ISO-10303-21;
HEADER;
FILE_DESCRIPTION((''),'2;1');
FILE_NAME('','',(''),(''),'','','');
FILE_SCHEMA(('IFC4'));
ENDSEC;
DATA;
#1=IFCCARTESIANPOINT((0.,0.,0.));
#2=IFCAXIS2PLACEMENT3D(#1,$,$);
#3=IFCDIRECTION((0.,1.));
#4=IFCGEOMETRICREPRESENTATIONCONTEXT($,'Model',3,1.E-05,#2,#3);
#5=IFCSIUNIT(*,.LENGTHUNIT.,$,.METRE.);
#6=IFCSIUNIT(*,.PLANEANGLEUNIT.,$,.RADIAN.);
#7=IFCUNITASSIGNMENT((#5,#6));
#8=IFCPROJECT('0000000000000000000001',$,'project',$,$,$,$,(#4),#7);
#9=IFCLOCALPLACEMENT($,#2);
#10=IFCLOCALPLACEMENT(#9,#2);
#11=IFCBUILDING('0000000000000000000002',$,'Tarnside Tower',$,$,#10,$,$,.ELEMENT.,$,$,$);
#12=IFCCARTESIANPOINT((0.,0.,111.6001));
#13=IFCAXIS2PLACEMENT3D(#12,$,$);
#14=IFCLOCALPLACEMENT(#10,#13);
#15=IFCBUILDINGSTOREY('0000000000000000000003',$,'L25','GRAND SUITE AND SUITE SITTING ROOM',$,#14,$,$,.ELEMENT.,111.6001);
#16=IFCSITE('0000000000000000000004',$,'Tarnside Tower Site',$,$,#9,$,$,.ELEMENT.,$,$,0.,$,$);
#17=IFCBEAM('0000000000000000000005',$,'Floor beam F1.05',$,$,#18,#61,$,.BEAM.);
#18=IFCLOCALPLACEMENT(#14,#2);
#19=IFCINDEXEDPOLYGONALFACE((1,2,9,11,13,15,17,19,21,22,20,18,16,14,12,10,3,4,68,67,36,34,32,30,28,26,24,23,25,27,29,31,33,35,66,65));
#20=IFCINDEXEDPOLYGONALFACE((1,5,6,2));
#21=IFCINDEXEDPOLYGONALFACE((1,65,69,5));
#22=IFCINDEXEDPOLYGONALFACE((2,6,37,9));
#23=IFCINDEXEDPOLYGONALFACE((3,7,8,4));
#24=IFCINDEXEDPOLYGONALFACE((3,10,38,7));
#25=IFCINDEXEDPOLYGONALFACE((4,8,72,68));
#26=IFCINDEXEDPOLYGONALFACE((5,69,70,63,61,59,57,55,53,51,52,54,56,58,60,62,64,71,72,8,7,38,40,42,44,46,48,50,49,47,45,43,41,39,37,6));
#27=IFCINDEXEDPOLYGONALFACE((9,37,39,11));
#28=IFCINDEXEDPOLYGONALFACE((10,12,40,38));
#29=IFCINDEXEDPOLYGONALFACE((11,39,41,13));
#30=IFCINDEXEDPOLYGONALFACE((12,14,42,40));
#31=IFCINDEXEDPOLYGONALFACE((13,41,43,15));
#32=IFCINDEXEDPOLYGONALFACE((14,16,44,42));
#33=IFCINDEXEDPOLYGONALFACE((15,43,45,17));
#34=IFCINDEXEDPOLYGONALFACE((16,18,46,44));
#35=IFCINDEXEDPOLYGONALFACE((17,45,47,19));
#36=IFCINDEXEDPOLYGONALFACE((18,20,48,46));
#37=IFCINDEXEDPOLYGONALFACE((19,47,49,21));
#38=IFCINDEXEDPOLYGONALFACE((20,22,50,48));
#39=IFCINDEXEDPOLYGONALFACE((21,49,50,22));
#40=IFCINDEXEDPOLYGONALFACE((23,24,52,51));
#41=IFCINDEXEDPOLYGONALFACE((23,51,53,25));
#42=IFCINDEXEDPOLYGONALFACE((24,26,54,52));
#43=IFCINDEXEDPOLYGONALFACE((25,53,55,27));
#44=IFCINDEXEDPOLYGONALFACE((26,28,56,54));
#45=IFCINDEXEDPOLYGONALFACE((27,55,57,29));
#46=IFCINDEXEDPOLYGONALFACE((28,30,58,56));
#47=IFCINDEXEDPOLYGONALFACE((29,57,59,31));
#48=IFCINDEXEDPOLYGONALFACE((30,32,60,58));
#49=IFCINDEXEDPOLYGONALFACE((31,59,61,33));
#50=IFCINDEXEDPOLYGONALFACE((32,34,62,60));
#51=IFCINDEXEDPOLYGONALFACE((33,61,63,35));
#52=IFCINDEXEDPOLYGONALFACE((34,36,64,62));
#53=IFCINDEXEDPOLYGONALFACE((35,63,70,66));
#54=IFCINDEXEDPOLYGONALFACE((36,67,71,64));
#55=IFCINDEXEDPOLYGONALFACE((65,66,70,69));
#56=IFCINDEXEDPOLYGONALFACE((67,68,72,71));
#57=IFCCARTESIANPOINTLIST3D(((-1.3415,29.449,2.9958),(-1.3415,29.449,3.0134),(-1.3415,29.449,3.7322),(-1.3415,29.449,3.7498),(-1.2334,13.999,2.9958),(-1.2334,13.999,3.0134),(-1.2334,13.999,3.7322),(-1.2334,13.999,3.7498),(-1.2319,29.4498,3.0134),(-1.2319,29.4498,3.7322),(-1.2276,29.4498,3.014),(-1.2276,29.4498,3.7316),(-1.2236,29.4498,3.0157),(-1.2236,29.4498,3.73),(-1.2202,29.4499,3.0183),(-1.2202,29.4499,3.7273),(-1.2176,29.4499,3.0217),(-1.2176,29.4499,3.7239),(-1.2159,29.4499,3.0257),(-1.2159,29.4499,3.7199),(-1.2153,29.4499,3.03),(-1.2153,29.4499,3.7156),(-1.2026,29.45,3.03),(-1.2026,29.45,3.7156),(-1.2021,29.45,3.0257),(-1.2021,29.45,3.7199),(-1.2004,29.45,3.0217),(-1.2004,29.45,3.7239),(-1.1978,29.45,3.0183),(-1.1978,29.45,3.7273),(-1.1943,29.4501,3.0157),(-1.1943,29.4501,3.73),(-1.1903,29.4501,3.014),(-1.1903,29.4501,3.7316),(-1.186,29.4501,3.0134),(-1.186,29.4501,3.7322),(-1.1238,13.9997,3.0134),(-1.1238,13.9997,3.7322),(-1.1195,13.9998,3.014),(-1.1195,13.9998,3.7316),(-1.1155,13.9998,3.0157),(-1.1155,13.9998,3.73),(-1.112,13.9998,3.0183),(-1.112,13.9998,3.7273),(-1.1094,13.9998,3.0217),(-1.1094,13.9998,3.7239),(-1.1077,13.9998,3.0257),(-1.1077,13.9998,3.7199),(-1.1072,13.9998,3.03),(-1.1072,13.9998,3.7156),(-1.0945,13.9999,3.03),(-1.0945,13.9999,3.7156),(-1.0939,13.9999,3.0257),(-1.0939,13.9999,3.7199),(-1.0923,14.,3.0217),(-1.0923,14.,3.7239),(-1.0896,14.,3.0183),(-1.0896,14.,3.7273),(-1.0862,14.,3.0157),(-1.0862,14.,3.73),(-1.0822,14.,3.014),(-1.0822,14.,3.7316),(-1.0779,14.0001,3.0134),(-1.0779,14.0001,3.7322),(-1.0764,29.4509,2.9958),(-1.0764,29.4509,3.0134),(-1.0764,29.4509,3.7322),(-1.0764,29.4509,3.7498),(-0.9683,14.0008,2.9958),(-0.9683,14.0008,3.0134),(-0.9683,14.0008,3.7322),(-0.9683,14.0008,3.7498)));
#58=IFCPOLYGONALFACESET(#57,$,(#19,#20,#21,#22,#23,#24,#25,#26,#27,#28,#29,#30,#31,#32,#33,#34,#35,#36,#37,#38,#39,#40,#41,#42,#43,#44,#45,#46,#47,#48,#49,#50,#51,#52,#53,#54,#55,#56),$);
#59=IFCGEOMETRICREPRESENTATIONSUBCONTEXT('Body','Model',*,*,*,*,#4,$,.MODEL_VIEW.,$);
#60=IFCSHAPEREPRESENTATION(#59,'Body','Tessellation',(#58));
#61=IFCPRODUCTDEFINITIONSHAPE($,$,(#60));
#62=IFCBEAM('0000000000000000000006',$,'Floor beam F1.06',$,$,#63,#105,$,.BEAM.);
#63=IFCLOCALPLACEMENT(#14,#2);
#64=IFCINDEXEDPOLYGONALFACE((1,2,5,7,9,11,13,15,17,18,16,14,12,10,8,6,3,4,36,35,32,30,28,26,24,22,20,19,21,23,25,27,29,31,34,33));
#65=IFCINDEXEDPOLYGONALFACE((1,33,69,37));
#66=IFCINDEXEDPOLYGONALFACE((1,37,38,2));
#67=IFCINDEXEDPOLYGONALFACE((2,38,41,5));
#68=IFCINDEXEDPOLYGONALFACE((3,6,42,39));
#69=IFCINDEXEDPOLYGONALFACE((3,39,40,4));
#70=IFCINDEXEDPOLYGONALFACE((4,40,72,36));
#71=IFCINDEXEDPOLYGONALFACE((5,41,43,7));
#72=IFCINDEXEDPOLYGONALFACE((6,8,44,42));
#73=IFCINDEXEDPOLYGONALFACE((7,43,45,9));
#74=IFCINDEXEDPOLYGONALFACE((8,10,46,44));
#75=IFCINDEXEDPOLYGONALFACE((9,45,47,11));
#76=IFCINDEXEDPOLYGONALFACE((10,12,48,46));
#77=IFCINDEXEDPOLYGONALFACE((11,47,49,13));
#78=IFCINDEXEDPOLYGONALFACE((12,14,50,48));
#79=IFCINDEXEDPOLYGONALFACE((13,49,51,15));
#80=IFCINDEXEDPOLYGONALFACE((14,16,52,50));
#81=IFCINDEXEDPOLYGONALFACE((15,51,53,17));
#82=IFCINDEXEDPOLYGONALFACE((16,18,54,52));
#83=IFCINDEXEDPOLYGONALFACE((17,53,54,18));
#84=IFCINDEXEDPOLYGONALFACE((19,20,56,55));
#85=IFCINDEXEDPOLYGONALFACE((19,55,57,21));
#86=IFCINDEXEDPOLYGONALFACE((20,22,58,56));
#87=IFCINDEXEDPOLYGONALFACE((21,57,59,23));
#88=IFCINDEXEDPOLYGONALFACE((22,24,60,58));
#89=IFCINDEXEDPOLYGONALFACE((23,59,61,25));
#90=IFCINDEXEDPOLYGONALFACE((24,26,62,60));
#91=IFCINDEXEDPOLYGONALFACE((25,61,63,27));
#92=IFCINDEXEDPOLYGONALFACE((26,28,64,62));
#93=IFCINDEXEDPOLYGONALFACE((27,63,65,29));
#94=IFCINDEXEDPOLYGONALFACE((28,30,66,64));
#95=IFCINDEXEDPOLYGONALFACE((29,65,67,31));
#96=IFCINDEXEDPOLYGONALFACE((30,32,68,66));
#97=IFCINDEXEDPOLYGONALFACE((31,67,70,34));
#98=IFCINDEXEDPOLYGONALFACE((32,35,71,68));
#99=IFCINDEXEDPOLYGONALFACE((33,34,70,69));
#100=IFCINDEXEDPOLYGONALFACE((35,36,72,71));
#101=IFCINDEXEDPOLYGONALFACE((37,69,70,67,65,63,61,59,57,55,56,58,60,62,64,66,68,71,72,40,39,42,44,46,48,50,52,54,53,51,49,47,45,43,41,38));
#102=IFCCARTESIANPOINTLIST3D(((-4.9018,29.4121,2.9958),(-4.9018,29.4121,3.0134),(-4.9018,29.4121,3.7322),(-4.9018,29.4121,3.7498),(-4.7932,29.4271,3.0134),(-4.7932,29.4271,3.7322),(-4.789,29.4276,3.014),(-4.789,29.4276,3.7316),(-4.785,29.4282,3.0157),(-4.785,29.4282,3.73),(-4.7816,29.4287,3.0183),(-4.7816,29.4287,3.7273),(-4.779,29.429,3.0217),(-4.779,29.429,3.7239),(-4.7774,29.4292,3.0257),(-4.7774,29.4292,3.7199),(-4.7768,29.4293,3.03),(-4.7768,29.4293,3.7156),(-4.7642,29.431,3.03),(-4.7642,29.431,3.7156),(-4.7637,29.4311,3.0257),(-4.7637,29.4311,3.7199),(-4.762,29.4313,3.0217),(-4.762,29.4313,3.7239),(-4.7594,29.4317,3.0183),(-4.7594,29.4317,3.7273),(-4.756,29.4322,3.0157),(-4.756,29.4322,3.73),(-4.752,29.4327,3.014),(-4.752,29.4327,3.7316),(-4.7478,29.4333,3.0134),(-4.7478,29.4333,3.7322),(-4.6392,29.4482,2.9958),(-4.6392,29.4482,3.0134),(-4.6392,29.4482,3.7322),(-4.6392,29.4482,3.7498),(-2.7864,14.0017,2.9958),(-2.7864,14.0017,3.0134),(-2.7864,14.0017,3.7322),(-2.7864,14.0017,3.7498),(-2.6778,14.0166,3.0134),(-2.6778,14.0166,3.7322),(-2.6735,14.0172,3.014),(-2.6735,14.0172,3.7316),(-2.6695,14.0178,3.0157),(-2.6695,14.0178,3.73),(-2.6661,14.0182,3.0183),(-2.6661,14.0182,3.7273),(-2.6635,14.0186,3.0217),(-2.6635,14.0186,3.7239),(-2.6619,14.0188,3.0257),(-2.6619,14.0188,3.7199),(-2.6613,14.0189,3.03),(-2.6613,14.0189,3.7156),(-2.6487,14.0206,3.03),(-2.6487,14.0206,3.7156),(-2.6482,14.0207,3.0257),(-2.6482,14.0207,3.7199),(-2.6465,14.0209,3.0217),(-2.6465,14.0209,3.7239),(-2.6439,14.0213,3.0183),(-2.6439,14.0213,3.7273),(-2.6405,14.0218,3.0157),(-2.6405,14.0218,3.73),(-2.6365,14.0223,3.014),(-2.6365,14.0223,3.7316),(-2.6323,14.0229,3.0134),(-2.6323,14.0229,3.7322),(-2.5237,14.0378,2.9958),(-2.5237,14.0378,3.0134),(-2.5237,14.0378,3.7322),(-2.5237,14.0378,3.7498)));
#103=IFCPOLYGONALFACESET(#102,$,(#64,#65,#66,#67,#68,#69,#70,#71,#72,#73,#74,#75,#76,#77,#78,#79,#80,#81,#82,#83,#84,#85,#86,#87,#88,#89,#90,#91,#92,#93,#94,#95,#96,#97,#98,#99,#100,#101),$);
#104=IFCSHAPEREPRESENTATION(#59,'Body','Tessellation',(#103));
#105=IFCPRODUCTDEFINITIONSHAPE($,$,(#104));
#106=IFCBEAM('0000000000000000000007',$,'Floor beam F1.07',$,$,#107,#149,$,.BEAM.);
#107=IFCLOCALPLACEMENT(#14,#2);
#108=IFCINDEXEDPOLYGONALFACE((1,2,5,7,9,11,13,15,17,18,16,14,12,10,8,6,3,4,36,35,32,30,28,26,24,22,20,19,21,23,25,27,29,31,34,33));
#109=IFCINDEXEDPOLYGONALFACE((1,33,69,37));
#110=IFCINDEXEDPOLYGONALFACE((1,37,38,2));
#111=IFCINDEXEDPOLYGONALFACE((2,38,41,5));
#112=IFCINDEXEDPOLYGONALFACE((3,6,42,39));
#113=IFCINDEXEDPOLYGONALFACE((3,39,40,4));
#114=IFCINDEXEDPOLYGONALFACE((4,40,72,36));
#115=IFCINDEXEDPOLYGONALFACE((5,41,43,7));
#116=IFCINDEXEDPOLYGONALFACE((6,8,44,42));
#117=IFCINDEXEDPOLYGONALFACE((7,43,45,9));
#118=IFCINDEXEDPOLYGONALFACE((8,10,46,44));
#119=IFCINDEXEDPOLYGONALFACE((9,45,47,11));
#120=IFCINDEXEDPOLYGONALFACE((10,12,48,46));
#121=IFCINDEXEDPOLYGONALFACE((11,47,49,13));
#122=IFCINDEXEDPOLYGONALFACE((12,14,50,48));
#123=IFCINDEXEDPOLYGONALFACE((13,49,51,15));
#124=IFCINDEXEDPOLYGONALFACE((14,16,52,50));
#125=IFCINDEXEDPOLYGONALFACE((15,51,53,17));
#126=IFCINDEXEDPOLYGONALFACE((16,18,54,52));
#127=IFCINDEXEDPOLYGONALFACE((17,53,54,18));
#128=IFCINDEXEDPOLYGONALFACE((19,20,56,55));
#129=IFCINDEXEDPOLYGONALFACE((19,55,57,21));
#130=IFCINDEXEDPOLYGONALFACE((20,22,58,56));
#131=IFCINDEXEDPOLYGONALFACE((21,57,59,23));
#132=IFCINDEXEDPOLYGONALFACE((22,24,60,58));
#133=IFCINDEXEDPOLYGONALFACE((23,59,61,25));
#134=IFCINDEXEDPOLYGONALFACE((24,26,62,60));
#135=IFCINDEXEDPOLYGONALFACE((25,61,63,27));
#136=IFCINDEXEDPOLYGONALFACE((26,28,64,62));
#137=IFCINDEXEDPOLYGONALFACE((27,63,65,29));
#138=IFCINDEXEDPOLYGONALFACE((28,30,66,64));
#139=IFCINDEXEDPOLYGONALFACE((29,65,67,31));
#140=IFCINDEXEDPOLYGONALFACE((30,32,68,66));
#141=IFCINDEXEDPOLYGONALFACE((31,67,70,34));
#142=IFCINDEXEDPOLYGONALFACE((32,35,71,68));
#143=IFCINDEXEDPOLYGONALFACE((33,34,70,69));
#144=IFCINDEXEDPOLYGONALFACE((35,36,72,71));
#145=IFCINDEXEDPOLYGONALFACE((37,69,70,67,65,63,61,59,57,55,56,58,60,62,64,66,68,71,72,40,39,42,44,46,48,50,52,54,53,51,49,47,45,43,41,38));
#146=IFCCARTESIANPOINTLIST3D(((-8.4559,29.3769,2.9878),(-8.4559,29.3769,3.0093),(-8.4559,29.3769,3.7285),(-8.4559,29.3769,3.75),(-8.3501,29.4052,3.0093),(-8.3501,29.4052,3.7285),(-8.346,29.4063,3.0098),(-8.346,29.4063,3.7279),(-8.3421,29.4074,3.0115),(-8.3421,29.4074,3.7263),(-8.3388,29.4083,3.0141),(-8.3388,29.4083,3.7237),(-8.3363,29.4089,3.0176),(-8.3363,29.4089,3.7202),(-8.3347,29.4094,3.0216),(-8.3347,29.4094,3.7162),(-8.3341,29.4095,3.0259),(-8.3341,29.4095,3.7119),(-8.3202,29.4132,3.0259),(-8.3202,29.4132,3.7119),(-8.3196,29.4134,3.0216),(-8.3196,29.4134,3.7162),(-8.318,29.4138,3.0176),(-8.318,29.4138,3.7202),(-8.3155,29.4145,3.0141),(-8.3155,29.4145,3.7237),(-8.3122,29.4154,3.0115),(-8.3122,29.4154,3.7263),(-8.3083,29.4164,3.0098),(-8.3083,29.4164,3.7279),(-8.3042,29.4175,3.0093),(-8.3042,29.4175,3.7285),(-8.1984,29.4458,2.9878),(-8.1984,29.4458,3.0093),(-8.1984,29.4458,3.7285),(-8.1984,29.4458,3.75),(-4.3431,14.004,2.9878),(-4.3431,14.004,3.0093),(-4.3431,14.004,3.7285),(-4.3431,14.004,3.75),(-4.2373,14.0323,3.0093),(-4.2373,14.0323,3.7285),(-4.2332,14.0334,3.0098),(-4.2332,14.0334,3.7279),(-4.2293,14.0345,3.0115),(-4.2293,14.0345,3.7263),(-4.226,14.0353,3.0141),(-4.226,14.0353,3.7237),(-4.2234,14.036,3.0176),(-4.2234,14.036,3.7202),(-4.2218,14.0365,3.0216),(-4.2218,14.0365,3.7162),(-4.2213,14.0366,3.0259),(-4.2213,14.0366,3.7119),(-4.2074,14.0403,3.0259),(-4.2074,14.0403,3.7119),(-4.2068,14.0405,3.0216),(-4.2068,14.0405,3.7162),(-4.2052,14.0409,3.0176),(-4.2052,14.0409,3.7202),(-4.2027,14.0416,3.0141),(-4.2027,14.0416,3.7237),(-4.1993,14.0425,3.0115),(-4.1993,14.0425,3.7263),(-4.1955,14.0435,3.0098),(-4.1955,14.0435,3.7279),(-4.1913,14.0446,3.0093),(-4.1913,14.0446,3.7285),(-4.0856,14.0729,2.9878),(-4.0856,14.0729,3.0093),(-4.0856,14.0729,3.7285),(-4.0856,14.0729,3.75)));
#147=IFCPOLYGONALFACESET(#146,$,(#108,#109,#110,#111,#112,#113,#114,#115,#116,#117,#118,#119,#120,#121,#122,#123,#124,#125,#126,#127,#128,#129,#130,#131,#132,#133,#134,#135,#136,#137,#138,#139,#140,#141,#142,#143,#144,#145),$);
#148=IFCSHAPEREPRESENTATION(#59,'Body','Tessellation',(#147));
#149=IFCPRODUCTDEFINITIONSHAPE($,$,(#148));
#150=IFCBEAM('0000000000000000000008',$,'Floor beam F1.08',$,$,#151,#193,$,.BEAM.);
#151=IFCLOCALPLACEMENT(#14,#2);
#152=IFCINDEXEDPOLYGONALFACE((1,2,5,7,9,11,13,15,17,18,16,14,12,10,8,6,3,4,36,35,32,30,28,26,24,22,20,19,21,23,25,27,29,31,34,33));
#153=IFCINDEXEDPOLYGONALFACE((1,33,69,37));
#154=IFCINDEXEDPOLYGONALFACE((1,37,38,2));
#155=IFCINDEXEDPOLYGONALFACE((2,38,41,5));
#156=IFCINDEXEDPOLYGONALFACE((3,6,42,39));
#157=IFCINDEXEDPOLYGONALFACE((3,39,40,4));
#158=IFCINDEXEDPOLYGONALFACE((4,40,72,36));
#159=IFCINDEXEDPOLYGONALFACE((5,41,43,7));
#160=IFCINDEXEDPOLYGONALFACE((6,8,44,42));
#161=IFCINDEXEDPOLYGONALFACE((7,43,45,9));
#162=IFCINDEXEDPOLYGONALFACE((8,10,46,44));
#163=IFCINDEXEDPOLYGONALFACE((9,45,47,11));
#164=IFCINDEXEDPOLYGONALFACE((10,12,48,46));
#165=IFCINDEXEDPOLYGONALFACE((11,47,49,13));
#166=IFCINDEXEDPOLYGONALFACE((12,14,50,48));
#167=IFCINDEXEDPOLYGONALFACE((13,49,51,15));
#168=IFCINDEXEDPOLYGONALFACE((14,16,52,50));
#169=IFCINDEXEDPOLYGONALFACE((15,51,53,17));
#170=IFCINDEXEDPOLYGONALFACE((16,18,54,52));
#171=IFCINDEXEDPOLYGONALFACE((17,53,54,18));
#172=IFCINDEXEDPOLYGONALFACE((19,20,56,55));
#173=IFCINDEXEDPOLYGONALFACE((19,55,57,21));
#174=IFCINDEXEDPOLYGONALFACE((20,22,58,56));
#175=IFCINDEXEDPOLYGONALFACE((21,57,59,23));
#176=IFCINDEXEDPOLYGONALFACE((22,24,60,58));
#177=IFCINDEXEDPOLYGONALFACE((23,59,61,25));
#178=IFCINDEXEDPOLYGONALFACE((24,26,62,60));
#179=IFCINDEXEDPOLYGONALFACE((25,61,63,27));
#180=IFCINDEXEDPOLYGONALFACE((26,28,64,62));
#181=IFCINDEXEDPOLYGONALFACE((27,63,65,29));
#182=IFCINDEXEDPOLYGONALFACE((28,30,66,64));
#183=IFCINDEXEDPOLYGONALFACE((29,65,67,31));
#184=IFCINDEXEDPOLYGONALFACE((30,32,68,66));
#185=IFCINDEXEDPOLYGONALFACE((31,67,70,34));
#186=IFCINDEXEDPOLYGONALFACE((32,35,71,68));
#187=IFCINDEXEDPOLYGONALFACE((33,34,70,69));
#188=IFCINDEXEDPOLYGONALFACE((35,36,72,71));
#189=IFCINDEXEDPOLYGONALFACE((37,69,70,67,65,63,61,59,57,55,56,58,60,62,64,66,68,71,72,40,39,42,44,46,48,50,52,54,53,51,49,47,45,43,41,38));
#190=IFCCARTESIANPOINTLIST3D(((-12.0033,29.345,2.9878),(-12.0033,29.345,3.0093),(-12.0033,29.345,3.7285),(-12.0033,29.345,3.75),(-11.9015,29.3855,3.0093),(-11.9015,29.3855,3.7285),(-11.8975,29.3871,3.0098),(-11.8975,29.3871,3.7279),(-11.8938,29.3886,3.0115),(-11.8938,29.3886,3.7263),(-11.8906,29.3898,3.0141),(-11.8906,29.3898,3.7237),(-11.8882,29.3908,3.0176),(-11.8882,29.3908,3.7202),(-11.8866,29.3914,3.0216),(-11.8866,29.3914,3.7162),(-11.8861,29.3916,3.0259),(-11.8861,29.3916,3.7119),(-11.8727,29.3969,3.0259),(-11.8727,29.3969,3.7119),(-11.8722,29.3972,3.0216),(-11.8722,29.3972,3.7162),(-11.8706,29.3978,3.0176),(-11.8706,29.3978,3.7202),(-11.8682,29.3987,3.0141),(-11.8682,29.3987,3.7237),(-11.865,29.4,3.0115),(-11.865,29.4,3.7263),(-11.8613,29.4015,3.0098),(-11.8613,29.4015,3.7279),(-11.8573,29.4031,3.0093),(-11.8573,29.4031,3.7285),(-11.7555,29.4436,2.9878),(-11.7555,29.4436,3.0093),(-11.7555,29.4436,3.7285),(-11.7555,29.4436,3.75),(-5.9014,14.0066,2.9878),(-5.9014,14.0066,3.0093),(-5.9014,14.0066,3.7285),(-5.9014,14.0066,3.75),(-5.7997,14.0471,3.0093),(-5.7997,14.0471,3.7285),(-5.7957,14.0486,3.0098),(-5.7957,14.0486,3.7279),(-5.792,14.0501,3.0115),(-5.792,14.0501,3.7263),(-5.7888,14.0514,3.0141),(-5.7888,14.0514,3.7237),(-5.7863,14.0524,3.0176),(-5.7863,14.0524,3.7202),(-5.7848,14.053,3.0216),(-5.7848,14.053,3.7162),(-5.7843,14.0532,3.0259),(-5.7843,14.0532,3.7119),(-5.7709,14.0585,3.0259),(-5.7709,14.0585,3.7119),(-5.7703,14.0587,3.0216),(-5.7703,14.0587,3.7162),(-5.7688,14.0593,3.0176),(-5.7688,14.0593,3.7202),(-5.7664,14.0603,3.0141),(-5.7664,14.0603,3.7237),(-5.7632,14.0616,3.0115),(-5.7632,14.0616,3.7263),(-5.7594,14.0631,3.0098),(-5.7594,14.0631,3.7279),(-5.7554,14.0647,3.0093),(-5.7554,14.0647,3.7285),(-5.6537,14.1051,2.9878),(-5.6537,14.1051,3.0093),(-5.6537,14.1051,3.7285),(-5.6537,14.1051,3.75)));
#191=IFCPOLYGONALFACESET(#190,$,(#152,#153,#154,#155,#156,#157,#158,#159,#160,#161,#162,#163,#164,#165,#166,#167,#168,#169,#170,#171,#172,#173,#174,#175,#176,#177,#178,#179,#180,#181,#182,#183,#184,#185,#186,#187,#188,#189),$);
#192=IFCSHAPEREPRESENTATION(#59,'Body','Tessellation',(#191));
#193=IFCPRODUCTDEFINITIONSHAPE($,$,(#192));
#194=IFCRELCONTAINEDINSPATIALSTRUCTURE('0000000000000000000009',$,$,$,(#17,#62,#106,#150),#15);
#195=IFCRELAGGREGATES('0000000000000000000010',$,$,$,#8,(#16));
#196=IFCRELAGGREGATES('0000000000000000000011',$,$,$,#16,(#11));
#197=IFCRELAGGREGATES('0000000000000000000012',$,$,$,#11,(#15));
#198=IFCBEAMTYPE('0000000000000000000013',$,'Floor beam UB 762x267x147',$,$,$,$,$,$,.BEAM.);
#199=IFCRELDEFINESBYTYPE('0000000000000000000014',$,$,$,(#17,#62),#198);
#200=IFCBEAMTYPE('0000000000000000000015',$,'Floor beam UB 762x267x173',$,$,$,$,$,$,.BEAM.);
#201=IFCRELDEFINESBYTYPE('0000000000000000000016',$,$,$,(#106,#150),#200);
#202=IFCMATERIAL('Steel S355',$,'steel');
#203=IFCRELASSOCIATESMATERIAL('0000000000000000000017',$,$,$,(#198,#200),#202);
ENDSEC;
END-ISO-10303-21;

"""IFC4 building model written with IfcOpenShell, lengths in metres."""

from ifc_helpers import new_model, si_unit, direction, frame, origin, origin_2d, place, context, subcontext, project, spatial, i_section, extrude, material, material_profile, profile_set, type_object, element, save


model = new_model("IFC4")

# Units and contexts
model_context = context("Model", 3, precision=1e-05, world=origin(), true_north=direction((0.0, 1.0)))
body_context = subcontext(model_context, "Body", "Model", "MODEL_VIEW")
ifc_project = project(units=[si_unit("LENGTHUNIT", "METRE"), si_unit("PLANEANGLEUNIT", "RADIAN")], contexts=[model_context])

# Site, building, storey
site_placement = place(None, origin())
site = spatial("IfcSite", under=ifc_project, at=site_placement, Name="Tarnside Tower Site", CompositionType="ELEMENT", RefElevation=0.0)
building_placement = place(site_placement, origin())
building = spatial("IfcBuilding", under=site, at=building_placement, Name="Tarnside Tower", CompositionType="ELEMENT")
storey_placement = place(building_placement, frame((0.0, 0.0, 111.6001)))
storey = spatial("IfcBuildingStorey", under=building, at=storey_placement, Name="L25", Description="GRAND SUITE AND SUITE SITTING ROOM", CompositionType="ELEMENT", Elevation=111.6001)

# Beams
ifc_material_1 = material(Name="Steel S355", Category="steel")
ifc_material_profile_1 = material_profile(ifc_material_1, i_section(OverallWidth=0.2651, OverallDepth=0.7539, WebThickness=0.0127, FlangeThickness=0.0176, FilletRadius=0.0166, at=origin_2d()), Name="UB 762x267x147")
ifc_profile_set_1 = profile_set([ifc_material_profile_1], Name="Steel S355")
beam_type_1 = type_object("IfcBeamType", Name="Floor beam UB 762x267x147", PredefinedType="BEAM", material=ifc_profile_set_1)
beam_1_placement = place(storey_placement, frame((-1.209, 29.45, 3.3728), z_axis=(0.007, -0.999975, 0.0), x_axis=(0.999975, 0.007, 0.0)))
element("IfcBeam", 1, at=beam_1_placement, inside=storey, type_object=beam_type_1, Name="Floor beam F1.05", PredefinedType="BEAM", context=body_context, shape_type="SweptSolid", body=[
    extrude(i_section(OverallWidth=0.2651, OverallDepth=0.7539, WebThickness=0.0127, FlangeThickness=0.0176, FilletRadius=0.0166, at=origin_2d()), origin(), (0.0, 0.0, 1.0), 15.4504),
])
beam_2_placement = place(storey_placement, frame((-4.7705, 29.4302, 3.3728), z_axis=(0.136001, -0.990709, 0.0), x_axis=(0.990709, 0.136001, 0.0)))
element("IfcBeam", 2, at=beam_2_placement, inside=storey, type_object=beam_type_1, Name="Floor beam F1.06", PredefinedType="BEAM", context=body_context, shape_type="SweptSolid", body=[
    extrude(i_section(OverallWidth=0.2651, OverallDepth=0.7539, WebThickness=0.0127, FlangeThickness=0.0176, FilletRadius=0.0166, at=origin_2d()), origin(), (0.0, 0.0, 1.0), 15.5549),
])
ifc_material_profile_2 = material_profile(ifc_material_1, i_section(OverallWidth=0.2666, OverallDepth=0.7622, WebThickness=0.0144, FlangeThickness=0.0215, FilletRadius=0.0166, at=origin_2d()), Name="UB 762x267x173")
ifc_profile_set_2 = profile_set([ifc_material_profile_2], Name="Steel S355")
beam_type_2 = type_object("IfcBeamType", Name="Floor beam UB 762x267x173", PredefinedType="BEAM", material=ifc_profile_set_2)
beam_3_placement = place(storey_placement, frame((-8.3271, 29.4114, 3.3689), z_axis=(0.258447, -0.966025, 0.0), x_axis=(0.966025, 0.258447, 0.0)))
element("IfcBeam", 3, at=beam_3_placement, inside=storey, type_object=beam_type_2, Name="Floor beam F1.07", PredefinedType="BEAM", context=body_context, shape_type="SweptSolid", body=[
    extrude(i_section(OverallWidth=0.2666, OverallDepth=0.7622, WebThickness=0.0144, FlangeThickness=0.0215, FilletRadius=0.0166, at=origin_2d()), origin(), (0.0, 0.0, 1.0), 15.9136),
])
beam_4_placement = place(storey_placement, frame((-11.8794, 29.3943, 3.3689), z_axis=(0.369638, -0.929176, 0.0), x_axis=(0.929176, 0.369638, 0.0)))
element("IfcBeam", 4, at=beam_4_placement, inside=storey, type_object=beam_type_2, Name="Floor beam F1.08", PredefinedType="BEAM", context=body_context, shape_type="SweptSolid", body=[
    extrude(i_section(OverallWidth=0.2666, OverallDepth=0.7622, WebThickness=0.0144, FlangeThickness=0.0215, FilletRadius=0.0166, at=origin_2d()), origin(), (0.0, 0.0, 1.0), 16.5076),
])

save(model, "model.ifc")
